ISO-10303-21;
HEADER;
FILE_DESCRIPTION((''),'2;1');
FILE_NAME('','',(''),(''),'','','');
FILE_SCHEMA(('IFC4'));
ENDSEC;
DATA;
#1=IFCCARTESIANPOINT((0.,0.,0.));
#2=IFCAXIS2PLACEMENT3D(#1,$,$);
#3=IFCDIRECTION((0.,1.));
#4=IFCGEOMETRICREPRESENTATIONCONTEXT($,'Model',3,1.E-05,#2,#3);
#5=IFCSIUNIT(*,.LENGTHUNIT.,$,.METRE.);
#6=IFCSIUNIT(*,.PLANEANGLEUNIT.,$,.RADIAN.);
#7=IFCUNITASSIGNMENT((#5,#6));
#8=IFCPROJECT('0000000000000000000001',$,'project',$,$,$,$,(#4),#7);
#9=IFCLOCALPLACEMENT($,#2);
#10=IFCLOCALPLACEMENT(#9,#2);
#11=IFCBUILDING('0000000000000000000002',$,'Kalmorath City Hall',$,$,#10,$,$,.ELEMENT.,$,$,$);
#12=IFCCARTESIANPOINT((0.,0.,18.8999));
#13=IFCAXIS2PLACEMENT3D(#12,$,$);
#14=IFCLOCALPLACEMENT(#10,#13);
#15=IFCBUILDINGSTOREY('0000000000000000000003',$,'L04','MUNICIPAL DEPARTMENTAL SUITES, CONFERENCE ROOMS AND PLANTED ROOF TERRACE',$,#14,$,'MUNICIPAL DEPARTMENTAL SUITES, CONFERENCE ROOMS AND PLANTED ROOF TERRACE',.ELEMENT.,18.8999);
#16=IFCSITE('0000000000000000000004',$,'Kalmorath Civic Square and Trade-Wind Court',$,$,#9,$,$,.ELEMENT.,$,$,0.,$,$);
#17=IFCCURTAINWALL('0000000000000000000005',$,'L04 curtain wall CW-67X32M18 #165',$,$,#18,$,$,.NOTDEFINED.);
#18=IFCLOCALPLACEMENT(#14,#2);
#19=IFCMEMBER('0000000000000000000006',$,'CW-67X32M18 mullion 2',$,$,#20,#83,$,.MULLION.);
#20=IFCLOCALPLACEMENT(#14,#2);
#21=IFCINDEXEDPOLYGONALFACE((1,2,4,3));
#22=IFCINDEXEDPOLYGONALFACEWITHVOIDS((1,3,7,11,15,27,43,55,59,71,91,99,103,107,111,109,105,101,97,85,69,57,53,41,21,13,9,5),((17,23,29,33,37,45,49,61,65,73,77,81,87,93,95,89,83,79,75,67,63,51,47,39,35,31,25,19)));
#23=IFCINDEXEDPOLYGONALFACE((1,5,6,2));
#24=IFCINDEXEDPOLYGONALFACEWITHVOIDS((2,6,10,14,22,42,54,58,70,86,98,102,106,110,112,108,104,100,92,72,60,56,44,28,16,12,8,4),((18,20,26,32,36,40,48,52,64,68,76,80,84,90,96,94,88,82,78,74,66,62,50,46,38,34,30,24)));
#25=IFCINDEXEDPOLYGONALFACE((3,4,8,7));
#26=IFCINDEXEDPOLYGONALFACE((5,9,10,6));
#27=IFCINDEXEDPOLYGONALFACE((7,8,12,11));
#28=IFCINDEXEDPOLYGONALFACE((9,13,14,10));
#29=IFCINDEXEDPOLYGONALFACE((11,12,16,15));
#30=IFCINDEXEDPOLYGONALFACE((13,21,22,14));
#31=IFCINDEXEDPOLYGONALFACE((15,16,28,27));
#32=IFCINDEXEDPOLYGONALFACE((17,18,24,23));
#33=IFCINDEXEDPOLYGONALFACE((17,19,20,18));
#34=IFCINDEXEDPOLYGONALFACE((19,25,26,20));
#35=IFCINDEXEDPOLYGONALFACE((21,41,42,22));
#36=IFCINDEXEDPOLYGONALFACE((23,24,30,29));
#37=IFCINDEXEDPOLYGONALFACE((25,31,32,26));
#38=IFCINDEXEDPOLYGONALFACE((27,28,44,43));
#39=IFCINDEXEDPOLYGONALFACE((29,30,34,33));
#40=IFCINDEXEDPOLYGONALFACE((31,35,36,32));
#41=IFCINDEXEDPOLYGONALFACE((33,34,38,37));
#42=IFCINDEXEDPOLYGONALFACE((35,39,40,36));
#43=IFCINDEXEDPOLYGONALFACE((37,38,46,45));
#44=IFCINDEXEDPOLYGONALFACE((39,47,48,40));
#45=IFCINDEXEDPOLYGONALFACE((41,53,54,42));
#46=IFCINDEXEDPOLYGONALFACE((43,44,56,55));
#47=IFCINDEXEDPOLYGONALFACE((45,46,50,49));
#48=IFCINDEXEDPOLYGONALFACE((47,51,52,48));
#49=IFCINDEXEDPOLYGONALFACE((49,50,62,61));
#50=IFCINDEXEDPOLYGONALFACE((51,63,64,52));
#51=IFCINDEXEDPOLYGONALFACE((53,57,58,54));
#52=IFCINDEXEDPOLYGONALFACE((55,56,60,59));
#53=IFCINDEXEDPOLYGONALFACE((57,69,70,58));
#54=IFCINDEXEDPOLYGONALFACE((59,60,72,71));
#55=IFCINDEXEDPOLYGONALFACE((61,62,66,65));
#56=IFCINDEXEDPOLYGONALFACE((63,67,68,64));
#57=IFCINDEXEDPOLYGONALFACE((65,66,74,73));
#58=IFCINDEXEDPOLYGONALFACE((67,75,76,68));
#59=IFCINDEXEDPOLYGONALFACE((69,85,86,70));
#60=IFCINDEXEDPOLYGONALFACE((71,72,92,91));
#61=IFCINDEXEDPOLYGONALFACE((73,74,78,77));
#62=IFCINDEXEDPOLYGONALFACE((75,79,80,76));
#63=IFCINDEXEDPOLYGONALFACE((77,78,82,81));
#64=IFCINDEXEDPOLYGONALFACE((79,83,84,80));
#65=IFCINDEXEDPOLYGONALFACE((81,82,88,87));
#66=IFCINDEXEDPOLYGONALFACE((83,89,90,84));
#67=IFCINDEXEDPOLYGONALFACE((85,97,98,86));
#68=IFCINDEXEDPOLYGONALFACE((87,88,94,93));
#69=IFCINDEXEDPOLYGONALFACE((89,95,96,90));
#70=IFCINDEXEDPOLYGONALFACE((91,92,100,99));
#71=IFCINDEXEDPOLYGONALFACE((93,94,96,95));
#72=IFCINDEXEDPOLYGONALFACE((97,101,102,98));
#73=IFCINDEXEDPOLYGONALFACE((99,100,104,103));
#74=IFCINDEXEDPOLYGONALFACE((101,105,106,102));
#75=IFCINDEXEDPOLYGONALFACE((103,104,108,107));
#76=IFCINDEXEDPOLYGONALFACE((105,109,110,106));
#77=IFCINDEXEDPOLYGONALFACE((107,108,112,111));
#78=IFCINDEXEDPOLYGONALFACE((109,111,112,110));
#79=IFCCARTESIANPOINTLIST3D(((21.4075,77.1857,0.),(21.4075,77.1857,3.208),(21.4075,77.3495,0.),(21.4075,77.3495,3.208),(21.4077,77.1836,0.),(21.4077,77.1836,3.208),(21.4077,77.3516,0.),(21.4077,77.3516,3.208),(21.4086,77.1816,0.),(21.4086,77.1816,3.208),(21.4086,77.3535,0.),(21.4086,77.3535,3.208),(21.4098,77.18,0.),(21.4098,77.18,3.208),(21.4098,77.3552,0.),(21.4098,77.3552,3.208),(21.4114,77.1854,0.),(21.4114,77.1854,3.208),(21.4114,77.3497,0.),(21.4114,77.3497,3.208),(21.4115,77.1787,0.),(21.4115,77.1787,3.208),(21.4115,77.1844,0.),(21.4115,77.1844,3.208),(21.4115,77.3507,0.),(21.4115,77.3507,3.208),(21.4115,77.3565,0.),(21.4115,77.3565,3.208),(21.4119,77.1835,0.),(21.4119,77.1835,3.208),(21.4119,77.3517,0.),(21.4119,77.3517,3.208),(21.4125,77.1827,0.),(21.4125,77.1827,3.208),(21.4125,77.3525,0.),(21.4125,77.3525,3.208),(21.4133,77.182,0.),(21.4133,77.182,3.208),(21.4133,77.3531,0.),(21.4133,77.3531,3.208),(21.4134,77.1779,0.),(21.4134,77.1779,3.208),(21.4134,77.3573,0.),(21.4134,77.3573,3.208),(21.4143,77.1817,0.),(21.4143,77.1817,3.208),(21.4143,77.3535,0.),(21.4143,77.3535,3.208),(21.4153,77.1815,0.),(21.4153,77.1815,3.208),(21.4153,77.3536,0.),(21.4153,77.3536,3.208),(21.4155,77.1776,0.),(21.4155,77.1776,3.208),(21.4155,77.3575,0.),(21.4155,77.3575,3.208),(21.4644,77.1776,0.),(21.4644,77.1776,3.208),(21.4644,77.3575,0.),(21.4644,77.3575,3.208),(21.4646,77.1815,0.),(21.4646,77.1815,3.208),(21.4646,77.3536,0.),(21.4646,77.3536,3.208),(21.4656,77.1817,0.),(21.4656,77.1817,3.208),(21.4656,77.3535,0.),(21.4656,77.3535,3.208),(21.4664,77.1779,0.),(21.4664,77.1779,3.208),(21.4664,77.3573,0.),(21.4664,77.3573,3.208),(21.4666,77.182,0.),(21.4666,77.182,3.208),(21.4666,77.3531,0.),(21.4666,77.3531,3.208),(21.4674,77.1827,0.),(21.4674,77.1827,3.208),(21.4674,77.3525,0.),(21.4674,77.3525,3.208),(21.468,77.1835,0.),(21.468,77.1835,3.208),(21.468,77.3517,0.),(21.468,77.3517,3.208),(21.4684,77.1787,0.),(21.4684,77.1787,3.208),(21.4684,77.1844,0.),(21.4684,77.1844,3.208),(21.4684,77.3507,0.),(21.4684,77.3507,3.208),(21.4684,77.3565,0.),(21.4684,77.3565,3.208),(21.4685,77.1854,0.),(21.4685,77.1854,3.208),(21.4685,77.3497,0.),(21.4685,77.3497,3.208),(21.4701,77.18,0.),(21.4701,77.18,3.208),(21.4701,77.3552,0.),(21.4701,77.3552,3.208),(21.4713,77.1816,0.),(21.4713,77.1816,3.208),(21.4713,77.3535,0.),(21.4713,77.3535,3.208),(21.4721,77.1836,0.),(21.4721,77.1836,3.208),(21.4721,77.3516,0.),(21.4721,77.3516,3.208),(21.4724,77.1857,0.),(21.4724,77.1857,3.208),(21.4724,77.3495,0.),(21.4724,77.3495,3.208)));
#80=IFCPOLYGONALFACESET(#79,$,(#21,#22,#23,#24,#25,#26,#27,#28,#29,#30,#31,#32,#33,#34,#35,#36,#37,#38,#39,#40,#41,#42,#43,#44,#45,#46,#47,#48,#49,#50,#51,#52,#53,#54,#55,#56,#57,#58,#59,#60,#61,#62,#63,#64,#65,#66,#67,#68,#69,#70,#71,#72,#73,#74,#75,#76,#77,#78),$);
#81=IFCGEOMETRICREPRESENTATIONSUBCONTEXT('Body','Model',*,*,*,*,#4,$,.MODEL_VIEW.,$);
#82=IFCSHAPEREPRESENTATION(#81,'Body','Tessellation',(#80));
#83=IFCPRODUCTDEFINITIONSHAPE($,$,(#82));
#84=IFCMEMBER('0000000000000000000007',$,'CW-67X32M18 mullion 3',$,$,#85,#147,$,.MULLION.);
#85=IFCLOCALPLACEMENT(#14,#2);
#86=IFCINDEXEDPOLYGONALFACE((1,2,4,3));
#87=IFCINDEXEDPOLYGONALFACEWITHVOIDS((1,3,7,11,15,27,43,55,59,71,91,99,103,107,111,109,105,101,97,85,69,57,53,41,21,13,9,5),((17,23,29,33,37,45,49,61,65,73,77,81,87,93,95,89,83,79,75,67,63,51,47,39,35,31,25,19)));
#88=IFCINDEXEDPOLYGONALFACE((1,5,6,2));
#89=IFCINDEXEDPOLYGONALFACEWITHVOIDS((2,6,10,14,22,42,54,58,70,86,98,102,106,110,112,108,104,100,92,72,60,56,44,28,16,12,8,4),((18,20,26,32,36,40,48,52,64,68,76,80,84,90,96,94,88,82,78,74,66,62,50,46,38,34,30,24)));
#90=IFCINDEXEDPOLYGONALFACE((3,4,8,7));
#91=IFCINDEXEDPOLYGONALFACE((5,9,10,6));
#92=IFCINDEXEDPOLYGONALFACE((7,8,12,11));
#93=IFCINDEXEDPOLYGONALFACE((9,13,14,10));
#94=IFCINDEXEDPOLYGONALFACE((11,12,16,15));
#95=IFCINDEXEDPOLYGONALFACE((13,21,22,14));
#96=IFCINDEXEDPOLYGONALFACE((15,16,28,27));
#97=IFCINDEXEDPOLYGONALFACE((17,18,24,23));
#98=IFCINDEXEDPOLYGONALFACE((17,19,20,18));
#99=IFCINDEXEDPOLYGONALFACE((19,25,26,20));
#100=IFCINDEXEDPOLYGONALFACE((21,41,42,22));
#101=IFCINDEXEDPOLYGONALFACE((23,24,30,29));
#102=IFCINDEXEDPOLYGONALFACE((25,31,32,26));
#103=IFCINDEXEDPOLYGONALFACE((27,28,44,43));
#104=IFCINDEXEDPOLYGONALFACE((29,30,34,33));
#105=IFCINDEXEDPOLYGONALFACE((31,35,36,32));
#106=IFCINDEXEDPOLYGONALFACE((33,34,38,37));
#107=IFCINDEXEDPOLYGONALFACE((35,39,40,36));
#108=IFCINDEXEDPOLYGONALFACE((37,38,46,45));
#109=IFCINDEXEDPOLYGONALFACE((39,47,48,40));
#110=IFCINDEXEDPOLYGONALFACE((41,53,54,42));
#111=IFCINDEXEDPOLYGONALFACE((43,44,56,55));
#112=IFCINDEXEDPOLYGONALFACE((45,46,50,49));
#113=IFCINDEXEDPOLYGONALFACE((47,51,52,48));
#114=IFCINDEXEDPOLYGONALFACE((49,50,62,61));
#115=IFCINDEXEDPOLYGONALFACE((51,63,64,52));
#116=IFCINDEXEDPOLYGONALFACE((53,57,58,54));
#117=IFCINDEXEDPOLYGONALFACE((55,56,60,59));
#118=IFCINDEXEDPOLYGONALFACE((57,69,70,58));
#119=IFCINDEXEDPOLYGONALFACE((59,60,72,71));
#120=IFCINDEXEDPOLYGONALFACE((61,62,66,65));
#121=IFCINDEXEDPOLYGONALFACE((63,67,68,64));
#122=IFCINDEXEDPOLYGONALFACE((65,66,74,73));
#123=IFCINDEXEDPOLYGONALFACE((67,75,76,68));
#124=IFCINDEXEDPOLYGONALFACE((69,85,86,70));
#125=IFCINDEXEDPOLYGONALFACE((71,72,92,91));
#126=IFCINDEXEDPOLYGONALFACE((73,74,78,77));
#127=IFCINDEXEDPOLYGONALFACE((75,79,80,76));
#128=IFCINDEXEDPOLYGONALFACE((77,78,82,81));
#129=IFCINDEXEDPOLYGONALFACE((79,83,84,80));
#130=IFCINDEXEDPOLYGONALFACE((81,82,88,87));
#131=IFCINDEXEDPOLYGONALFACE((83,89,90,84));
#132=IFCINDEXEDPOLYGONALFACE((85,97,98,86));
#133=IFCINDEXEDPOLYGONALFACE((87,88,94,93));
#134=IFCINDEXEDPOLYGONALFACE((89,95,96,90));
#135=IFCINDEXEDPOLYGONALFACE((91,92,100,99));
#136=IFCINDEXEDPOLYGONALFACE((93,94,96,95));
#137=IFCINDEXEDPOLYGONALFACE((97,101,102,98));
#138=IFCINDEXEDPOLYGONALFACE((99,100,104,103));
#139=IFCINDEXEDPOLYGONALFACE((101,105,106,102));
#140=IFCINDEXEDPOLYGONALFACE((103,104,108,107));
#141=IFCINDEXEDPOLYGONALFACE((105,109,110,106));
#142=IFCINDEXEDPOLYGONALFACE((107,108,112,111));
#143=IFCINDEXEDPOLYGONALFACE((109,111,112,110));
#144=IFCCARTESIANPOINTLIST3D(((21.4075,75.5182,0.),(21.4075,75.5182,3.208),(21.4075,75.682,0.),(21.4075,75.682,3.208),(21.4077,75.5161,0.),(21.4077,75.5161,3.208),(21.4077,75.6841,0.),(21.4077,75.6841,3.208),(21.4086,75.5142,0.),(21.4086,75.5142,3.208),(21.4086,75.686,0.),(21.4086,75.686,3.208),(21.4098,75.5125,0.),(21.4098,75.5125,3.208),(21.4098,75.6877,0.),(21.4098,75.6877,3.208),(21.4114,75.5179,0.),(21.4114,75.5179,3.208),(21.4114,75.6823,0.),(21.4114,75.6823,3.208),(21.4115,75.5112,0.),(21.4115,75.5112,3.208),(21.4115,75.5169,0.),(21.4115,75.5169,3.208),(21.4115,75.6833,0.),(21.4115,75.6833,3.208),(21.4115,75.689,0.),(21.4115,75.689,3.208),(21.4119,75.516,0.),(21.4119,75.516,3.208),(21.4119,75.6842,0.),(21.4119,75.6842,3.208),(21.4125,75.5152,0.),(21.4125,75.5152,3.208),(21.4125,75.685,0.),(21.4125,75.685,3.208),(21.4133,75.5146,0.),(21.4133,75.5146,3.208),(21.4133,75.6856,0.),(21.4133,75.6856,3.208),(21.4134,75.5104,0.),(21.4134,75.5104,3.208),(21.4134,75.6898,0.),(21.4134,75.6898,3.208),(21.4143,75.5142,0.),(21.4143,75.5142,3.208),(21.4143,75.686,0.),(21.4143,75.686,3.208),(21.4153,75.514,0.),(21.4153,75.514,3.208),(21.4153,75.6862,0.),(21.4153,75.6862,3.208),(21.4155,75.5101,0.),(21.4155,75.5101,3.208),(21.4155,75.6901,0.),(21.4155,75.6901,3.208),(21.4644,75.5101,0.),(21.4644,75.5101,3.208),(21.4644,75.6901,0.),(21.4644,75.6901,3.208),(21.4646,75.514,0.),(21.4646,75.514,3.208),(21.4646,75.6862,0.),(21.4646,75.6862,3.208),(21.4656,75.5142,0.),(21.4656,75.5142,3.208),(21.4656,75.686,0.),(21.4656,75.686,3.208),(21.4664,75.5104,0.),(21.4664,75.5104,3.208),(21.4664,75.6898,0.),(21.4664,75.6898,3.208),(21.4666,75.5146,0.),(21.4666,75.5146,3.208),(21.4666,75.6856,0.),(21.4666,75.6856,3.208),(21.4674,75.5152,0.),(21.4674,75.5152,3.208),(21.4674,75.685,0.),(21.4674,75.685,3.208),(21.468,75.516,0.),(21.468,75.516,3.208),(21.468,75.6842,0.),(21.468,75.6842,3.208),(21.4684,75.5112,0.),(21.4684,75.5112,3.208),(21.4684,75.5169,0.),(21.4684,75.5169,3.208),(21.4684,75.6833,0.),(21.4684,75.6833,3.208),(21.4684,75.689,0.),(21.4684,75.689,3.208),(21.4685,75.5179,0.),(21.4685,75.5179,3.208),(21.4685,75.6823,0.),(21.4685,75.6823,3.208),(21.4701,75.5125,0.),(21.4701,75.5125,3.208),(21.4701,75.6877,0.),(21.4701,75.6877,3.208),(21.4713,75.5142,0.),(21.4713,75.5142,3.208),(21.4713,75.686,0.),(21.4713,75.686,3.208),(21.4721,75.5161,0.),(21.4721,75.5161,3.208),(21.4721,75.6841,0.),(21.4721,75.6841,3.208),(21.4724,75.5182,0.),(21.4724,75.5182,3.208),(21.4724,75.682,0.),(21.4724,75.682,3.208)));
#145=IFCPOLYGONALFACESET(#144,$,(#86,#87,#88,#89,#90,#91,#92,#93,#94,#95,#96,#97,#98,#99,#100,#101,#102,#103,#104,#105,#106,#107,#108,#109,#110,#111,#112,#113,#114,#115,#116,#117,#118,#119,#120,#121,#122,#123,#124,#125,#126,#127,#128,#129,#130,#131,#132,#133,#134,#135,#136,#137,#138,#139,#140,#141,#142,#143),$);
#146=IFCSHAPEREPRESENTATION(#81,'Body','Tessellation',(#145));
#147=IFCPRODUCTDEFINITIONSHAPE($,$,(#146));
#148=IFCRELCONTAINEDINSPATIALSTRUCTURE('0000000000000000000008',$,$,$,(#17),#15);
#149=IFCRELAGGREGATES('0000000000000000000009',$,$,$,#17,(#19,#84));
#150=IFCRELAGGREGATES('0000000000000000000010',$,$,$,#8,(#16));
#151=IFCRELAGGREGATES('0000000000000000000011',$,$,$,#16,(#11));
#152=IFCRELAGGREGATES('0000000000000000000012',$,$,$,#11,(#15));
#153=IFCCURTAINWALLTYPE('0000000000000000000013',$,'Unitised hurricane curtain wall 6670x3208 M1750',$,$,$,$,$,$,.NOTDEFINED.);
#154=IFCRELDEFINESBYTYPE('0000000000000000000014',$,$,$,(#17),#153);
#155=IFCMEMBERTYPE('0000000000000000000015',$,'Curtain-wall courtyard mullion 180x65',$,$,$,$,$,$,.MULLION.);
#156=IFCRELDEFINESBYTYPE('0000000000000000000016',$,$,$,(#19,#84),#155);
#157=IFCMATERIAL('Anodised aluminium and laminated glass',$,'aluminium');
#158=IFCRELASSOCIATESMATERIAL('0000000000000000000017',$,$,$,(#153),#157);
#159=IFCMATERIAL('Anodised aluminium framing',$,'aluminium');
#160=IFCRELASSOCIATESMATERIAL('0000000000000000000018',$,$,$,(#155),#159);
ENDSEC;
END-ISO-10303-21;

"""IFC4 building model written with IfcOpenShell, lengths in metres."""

from ifc_helpers import new_model, si_unit, direction, frame, origin, origin_2d, place, context, subcontext, project, spatial, hollow_rectangle, extrude, material, material_profile, profile_set, type_object, element, aggregate, save


model = new_model("IFC4")

# Units and contexts
model_context = context("Model", 3, precision=1e-05, world=origin(), true_north=direction((0.0, 1.0)))
body_context = subcontext(model_context, "Body", "Model", "MODEL_VIEW")
ifc_project = project(units=[si_unit("LENGTHUNIT", "METRE"), si_unit("PLANEANGLEUNIT", "RADIAN")], contexts=[model_context])

# Site, building, storey
site_placement = place(None, origin())
site = spatial("IfcSite", under=ifc_project, at=site_placement, Name="Kalmorath Civic Square and Trade-Wind Court", CompositionType="ELEMENT", RefElevation=0.0)
building_placement = place(site_placement, origin())
building = spatial("IfcBuilding", under=site, at=building_placement, Name="Kalmorath City Hall", CompositionType="ELEMENT")
storey_placement = place(building_placement, frame((0.0, 0.0, 18.8999)))
storey = spatial("IfcBuildingStorey", under=building, at=storey_placement, Name="L04", Description="MUNICIPAL DEPARTMENTAL SUITES, CONFERENCE ROOMS AND PLANTED ROOF TERRACE", LongName="MUNICIPAL DEPARTMENTAL SUITES, CONFERENCE ROOMS AND PLANTED ROOF TERRACE", CompositionType="ELEMENT", Elevation=18.8999)

# Curtain wall, members
ifc_material_1 = material(Name="Anodised aluminium and laminated glass", Category="aluminium")
curtain_wall_type = type_object("IfcCurtainWallType", Name="Unitised hurricane curtain wall 6670x3208 M1750", PredefinedType="NOTDEFINED", material=ifc_material_1)
curtain_wall_placement = place(storey_placement, origin())
curtain_wall = element("IfcCurtainWall", 1, at=curtain_wall_placement, inside=storey, type_object=curtain_wall_type, Name="L04 curtain wall CW-67X32M18 #165", PredefinedType="NOTDEFINED")
ifc_material_2 = material(Name="Anodised aluminium framing", Category="aluminium")
ifc_material_profile_1 = material_profile(ifc_material_2, hollow_rectangle(XDim=0.0649, YDim=0.1799, WallThickness=0.0039, InnerFilletRadius=0.0039, OuterFilletRadius=0.0081, at=origin_2d()), Name="ALU-MUL-180X65X4")
ifc_profile_set_1 = profile_set([ifc_material_profile_1], Name="Anodised aluminium framing")
member_type_1 = type_object("IfcMemberType", Name="Curtain-wall courtyard mullion 180x65", PredefinedType="MULLION", material=ifc_profile_set_1)
member_1_placement = place(storey_placement, frame((21.4399, 77.2676, 0.0), z_axis=(0.0, 0.0, 1.0), x_axis=(1.0, 0.0, 0.0)))
member_1 = element("IfcMember", 2, at=member_1_placement, type_object=member_type_1, Name="CW-67X32M18 mullion 2", PredefinedType="MULLION", context=body_context, shape_type="SweptSolid", body=[
    extrude(hollow_rectangle(XDim=0.0649, YDim=0.1799, WallThickness=0.0039, InnerFilletRadius=0.0039, OuterFilletRadius=0.0081, at=origin_2d()), origin(), (0.0, 0.0, 1.0), 3.208),
])
member_2_placement = place(storey_placement, frame((21.4399, 75.6001, 0.0), z_axis=(0.0, 0.0, 1.0), x_axis=(1.0, 0.0, 0.0)))
member_2 = element("IfcMember", 3, at=member_2_placement, type_object=member_type_1, Name="CW-67X32M18 mullion 3", PredefinedType="MULLION", context=body_context, shape_type="SweptSolid", body=[
    extrude(hollow_rectangle(XDim=0.0649, YDim=0.1799, WallThickness=0.0039, InnerFilletRadius=0.0039, OuterFilletRadius=0.0081, at=origin_2d()), origin(), (0.0, 0.0, 1.0), 3.208),
])

aggregate(curtain_wall, [member_1, member_2])

save(model, "model.ifc")
